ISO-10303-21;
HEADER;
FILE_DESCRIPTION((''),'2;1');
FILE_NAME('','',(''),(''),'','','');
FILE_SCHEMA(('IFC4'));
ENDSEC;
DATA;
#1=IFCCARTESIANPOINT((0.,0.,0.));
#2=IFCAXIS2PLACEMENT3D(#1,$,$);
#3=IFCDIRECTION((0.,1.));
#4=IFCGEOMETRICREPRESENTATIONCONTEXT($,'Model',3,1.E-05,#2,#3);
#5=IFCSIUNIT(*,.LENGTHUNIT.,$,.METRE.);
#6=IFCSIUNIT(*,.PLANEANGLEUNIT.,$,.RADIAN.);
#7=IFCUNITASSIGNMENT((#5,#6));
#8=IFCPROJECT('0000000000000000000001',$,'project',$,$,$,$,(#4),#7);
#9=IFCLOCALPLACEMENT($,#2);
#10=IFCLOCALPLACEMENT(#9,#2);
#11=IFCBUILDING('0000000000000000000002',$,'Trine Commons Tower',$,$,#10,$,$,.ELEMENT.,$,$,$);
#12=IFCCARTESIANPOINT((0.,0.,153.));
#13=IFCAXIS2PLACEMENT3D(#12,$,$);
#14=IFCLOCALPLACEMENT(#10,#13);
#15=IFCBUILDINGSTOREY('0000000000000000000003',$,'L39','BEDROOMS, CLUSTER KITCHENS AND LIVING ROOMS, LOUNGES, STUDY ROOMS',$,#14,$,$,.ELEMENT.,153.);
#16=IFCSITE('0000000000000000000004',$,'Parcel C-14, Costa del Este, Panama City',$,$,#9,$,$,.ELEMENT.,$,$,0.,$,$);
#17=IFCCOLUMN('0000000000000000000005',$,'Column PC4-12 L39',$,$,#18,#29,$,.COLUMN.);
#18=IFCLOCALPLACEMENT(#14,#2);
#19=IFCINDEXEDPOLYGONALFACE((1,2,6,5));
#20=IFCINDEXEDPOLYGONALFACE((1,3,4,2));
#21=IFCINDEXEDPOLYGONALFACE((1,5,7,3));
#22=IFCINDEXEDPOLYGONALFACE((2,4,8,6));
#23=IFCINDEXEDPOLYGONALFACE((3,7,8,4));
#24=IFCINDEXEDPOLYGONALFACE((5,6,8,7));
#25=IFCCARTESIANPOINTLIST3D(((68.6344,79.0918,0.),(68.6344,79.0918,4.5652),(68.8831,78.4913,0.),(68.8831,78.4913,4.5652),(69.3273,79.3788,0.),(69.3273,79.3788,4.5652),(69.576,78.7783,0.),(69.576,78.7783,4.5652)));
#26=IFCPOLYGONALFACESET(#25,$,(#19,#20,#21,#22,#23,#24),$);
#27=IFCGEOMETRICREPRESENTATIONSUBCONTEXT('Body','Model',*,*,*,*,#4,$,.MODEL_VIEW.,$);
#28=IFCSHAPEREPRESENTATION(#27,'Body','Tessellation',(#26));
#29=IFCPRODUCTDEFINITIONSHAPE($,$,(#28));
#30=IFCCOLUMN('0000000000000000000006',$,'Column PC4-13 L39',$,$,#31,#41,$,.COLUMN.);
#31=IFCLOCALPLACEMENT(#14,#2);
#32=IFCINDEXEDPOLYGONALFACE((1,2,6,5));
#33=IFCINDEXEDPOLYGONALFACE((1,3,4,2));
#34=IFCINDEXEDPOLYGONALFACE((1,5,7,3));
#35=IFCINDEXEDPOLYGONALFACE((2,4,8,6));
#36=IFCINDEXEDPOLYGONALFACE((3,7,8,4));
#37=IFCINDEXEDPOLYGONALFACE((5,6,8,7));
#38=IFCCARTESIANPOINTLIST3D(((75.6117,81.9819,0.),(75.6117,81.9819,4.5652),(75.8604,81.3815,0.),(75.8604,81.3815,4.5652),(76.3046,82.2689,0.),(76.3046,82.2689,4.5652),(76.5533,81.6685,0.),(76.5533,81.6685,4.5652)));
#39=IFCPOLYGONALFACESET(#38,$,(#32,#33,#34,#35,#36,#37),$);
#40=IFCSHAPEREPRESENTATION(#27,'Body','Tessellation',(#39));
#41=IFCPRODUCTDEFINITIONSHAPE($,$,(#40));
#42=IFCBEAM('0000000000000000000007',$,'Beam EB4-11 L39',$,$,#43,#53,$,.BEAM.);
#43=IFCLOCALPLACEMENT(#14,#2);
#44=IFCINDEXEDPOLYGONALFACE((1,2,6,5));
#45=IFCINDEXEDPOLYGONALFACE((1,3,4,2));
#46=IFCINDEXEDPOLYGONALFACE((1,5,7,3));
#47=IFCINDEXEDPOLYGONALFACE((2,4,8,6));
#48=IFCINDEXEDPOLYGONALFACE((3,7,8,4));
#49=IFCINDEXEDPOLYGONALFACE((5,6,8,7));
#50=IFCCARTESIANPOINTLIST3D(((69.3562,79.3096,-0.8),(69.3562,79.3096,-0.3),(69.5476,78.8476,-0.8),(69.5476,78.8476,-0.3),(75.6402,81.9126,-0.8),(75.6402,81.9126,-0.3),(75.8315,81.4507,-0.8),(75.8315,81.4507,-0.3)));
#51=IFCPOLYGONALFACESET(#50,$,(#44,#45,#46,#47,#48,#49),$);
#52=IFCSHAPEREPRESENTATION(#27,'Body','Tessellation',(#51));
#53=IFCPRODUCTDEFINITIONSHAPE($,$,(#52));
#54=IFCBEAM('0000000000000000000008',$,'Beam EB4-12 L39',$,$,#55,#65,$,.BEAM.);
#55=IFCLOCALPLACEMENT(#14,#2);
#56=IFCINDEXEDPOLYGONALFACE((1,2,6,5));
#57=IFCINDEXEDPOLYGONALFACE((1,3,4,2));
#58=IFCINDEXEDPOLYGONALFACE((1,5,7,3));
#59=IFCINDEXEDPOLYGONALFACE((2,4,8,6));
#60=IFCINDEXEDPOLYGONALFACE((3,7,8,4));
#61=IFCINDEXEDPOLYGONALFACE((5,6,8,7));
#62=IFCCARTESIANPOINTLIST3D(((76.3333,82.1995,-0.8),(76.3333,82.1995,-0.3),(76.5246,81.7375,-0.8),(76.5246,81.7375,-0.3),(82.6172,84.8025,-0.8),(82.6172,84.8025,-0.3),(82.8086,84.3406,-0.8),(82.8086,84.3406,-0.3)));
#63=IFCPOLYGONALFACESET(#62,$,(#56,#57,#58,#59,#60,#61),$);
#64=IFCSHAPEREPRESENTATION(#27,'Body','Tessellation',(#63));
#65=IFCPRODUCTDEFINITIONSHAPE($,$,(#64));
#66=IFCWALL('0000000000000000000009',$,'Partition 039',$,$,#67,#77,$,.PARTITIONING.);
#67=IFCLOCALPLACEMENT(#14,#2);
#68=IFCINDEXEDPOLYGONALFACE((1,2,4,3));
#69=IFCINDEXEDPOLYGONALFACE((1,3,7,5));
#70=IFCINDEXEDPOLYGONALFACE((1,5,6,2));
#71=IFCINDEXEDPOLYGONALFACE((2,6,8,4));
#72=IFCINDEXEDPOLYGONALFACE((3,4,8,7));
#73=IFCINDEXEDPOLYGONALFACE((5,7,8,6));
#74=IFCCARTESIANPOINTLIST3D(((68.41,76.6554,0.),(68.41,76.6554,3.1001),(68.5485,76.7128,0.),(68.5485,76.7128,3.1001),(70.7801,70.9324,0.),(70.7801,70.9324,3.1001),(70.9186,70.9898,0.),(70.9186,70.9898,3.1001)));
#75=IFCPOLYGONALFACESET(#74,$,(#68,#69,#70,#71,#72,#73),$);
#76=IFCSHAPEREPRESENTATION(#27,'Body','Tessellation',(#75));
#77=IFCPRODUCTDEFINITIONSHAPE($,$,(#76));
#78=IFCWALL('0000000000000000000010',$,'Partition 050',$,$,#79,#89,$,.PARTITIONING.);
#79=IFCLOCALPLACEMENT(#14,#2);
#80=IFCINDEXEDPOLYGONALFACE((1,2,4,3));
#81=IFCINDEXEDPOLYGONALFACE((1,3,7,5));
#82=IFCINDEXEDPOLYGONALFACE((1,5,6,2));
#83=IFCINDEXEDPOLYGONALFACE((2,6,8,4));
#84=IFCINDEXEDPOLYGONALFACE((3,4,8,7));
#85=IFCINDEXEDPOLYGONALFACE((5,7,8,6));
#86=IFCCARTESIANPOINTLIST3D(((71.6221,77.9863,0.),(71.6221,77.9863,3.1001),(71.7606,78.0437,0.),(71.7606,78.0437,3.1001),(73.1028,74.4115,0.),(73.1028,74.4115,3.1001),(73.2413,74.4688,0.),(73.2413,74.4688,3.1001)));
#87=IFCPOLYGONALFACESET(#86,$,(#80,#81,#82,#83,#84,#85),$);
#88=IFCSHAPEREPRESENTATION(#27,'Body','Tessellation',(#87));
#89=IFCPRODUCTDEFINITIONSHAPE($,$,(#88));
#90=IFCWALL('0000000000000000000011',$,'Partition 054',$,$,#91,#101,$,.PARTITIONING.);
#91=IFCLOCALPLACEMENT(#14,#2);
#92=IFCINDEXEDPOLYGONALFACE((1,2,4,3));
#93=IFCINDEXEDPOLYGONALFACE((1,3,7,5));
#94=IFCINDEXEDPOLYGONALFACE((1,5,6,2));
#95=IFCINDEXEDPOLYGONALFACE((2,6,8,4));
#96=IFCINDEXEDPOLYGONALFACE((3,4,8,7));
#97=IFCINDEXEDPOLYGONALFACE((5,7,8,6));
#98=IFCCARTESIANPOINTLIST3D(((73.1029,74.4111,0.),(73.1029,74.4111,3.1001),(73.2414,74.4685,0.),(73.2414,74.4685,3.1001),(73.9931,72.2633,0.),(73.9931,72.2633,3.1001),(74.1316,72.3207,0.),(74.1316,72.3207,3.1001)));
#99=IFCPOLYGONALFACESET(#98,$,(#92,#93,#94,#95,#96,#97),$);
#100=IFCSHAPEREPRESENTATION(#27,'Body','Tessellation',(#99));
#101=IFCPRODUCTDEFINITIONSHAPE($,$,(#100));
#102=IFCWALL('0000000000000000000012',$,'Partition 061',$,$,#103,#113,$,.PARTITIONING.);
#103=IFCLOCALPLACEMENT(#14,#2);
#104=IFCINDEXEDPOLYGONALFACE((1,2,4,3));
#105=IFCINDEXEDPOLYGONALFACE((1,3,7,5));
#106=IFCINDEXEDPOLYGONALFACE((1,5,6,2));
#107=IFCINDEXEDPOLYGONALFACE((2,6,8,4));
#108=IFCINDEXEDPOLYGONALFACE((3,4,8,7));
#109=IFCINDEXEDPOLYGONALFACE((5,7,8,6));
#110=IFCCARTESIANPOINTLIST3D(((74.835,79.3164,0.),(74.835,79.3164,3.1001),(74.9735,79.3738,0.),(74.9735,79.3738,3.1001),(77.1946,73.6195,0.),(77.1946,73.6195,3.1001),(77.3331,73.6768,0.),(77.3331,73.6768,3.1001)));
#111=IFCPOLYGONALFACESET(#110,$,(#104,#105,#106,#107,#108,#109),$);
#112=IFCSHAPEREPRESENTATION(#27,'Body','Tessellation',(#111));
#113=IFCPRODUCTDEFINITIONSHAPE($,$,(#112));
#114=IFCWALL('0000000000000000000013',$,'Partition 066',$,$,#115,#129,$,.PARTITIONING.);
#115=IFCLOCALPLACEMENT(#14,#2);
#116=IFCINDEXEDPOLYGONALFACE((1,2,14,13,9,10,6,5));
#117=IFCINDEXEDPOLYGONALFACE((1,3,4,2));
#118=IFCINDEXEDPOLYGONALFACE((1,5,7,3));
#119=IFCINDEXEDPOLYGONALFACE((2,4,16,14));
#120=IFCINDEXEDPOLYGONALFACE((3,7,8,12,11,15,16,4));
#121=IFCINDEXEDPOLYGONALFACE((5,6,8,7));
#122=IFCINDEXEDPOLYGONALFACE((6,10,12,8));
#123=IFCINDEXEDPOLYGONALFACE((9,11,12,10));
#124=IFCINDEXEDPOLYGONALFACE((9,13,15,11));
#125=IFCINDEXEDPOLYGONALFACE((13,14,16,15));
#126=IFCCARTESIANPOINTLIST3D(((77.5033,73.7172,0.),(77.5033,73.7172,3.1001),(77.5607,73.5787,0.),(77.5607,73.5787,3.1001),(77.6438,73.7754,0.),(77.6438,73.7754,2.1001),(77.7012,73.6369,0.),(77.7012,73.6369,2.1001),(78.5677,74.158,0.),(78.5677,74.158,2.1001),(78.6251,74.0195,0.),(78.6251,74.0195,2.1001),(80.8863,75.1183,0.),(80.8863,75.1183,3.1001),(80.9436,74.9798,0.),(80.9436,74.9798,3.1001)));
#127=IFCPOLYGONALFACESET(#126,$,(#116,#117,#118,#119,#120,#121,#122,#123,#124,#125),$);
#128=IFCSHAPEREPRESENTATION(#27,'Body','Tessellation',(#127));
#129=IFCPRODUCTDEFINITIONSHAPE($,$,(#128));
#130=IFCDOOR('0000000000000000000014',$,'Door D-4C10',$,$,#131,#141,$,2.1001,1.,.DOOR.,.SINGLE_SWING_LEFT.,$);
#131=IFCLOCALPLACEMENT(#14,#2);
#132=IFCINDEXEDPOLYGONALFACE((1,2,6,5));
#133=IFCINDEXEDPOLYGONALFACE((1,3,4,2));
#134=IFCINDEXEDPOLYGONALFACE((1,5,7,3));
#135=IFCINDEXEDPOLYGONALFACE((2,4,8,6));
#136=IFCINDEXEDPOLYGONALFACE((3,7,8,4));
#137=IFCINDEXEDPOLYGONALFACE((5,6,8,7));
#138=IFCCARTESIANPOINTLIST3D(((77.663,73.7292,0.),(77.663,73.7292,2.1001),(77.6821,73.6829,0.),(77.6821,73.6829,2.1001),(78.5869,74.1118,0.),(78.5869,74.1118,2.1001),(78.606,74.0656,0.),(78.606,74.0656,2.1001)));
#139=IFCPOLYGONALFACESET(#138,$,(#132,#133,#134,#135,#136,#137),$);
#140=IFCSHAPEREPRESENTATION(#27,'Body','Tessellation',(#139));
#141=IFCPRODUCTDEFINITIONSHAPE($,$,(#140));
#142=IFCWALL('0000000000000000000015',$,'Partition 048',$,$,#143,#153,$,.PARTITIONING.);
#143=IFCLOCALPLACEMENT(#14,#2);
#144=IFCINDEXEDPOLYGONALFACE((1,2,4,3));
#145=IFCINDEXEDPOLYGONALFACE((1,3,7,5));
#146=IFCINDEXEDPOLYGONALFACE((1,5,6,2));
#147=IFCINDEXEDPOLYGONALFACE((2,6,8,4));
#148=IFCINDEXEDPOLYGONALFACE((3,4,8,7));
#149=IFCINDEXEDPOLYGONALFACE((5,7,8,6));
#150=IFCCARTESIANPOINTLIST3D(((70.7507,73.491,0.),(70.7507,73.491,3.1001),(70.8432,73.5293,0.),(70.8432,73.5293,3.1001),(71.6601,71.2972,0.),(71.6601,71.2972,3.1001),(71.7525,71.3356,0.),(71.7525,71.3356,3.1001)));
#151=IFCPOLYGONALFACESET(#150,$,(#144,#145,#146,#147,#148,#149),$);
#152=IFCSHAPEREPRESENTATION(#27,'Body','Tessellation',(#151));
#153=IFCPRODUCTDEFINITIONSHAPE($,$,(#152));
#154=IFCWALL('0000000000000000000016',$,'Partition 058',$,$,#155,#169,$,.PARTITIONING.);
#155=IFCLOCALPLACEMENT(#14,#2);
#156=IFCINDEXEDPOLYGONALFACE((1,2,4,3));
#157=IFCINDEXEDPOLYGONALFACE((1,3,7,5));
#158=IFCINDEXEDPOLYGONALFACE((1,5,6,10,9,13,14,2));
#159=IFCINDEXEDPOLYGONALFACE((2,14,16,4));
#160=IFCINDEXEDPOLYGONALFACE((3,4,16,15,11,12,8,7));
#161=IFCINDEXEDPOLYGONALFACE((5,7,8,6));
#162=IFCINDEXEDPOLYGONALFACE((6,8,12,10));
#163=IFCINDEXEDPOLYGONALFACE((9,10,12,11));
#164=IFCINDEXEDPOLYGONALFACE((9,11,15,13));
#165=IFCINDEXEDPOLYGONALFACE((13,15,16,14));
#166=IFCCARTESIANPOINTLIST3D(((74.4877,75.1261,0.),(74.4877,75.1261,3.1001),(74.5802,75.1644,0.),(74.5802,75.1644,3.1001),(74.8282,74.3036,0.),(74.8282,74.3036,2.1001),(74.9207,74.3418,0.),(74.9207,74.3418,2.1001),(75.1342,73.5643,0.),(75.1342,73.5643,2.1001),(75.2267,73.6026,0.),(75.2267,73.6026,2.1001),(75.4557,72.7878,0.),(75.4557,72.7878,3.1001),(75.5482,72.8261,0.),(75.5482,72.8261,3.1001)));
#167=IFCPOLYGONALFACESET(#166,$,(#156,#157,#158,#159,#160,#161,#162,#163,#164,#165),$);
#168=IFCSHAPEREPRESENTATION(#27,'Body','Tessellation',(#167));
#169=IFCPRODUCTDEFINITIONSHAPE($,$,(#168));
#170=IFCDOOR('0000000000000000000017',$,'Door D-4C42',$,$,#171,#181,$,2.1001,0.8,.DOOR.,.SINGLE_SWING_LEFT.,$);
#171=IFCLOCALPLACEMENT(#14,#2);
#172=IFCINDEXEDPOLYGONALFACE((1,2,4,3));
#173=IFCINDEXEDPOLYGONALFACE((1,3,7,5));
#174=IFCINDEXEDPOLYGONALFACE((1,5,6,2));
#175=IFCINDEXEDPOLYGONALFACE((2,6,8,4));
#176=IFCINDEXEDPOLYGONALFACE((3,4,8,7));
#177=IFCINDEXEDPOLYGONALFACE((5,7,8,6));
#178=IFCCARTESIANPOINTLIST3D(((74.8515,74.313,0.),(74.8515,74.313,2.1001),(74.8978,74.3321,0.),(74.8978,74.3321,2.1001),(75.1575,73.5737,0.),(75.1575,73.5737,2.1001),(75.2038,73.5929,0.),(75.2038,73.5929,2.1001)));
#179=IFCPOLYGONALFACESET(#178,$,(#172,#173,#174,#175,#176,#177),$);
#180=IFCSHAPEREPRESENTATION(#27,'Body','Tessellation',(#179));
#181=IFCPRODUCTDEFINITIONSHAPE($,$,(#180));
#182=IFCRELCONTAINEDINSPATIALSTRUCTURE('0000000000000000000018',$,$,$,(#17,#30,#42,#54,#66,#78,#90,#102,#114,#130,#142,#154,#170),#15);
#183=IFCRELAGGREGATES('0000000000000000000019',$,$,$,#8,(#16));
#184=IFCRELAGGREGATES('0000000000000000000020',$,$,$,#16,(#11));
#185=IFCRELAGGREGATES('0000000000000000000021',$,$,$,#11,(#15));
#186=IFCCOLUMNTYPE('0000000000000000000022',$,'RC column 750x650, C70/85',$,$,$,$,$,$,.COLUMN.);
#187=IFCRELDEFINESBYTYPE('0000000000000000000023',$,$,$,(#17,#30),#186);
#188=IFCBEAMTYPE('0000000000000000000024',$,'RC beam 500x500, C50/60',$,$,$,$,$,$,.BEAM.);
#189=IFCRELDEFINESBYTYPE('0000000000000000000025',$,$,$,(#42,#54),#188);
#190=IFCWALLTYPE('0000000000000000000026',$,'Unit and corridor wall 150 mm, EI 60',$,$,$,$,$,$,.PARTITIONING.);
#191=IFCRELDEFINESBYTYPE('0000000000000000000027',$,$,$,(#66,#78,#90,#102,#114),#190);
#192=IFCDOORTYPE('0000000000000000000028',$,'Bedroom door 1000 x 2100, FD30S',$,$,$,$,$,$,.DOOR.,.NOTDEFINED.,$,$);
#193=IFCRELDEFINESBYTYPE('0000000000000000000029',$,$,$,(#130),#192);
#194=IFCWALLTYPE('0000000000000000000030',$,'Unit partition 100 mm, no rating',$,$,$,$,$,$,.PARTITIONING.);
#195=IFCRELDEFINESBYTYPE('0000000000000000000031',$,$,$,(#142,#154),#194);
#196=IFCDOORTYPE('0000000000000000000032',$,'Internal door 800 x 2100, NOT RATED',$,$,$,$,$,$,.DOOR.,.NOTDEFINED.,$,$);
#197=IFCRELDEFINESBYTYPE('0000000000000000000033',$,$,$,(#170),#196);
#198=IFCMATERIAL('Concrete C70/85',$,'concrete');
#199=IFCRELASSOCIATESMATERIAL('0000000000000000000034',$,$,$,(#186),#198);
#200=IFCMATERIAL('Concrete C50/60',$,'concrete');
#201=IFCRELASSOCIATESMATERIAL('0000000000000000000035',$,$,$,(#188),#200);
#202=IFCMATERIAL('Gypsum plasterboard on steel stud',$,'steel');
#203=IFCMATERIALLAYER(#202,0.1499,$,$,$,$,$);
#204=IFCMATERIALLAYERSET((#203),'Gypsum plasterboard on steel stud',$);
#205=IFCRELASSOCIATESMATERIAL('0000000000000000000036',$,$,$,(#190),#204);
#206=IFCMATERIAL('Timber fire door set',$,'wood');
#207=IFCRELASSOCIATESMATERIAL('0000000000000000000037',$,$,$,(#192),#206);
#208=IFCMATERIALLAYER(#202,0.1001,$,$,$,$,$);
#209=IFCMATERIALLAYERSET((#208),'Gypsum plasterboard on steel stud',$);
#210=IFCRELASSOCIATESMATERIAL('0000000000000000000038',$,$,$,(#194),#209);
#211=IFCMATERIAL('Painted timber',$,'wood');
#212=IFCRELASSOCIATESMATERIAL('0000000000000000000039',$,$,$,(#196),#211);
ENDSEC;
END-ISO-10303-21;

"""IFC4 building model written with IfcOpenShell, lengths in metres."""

from ifc_helpers import new_model, si_unit, direction, frame, frame_2d, origin, origin_2d, place, context, subcontext, project, spatial, rectangle, extrude, material, layer, layer_set, material_profile, profile_set, type_object, element, fill, save


model = new_model("IFC4")

# Units and contexts
model_context = context("Model", 3, precision=1e-05, world=origin(), true_north=direction((0.0, 1.0)))
body_context = subcontext(model_context, "Body", "Model", "MODEL_VIEW")
ifc_project = project(units=[si_unit("LENGTHUNIT", "METRE"), si_unit("PLANEANGLEUNIT", "RADIAN")], contexts=[model_context])

# Site, building, storey
site_placement = place(None, origin())
site = spatial("IfcSite", under=ifc_project, at=site_placement, Name="Parcel C-14, Costa del Este, Panama City", CompositionType="ELEMENT", RefElevation=0.0)
building_placement = place(site_placement, origin())
building = spatial("IfcBuilding", under=site, at=building_placement, Name="Trine Commons Tower", CompositionType="ELEMENT")
storey_placement = place(building_placement, frame((0.0, 0.0, 153.0)))
storey = spatial("IfcBuildingStorey", under=building, at=storey_placement, Name="L39", Description="BEDROOMS, CLUSTER KITCHENS AND LIVING ROOMS, LOUNGES, STUDY ROOMS", CompositionType="ELEMENT", Elevation=153.0)

# Columns
ifc_material_1 = material(Name="Concrete C70/85", Category="concrete")
ifc_material_profile_1 = material_profile(ifc_material_1, rectangle(XDim=0.75, YDim=0.6499, at=origin_2d()), Name="RC 750x650")
ifc_profile_set_1 = profile_set([ifc_material_profile_1], Name="Concrete C70/85")
column_type = type_object("IfcColumnType", Name="RC column 750x650, C70/85", PredefinedType="COLUMN", material=ifc_profile_set_1)
for number, where, z_axis, x_axis, name in (
    (1, (69.1052, 78.9351, 0.0), (0.0, 0.0, 1.0), (0.92388, 0.382683, 0.0), "Column PC4-12 L39"),
    (2, (76.0825, 81.8252, 0.0), (0.0, 0.0, 1.0), (0.92388, 0.382683, 0.0), "Column PC4-13 L39"),
):
    element("IfcColumn", number, at=place(storey_placement, frame(where, z_axis=z_axis, x_axis=x_axis)), inside=storey, type_object=column_type, Name=name, PredefinedType="COLUMN", context=body_context, shape_type="SweptSolid", body=[
        extrude(rectangle(XDim=0.75, YDim=0.6499, at=origin_2d()), origin(), (0.0, 0.0, 1.0), 4.5652),
    ])

# Beams
ifc_material_2 = material(Name="Concrete C50/60", Category="concrete")
ifc_material_profile_2 = material_profile(ifc_material_2, rectangle(XDim=0.5, YDim=0.5, at=origin_2d()), Name="RC 500x500")
ifc_profile_set_2 = profile_set([ifc_material_profile_2], Name="Concrete C50/60")
beam_type = type_object("IfcBeamType", Name="RC beam 500x500, C50/60", PredefinedType="BEAM", material=ifc_profile_set_2)
for number, where, z_axis, x_axis, name in (
    (3, (69.4519, 79.0786, -0.55), (0.923872, 0.382701, 0.0), (-0.382701, 0.923872, 0.0), "Beam EB4-11 L39"),
    (4, (76.429, 81.9685, -0.55), (0.923872, 0.382701, 0.0), (-0.382701, 0.923872, 0.0), "Beam EB4-12 L39"),
):
    element("IfcBeam", number, at=place(storey_placement, frame(where, z_axis=z_axis, x_axis=x_axis)), inside=storey, type_object=beam_type, Name=name, PredefinedType="BEAM", context=body_context, shape_type="SweptSolid", body=[
        extrude(rectangle(XDim=0.5, YDim=0.5, at=origin_2d()), origin(), (0.0, 0.0, 1.0), 6.8018),
    ])

# Walls
ifc_material_3 = material(Name="Gypsum plasterboard on steel stud", Category="steel")
ifc_layer_1 = layer(ifc_material_3, 0.1499)
ifc_layer_set_1 = layer_set([ifc_layer_1], Name="Gypsum plasterboard on steel stud")
wall_type_1 = type_object("IfcWallType", Name="Unit and corridor wall 150 mm, EI 60", PredefinedType="PARTITIONING", material=ifc_layer_set_1)
wall_1_placement = place(storey_placement, frame((68.4792, 76.6841, 0.0), z_axis=(0.0, 0.0, 1.0), x_axis=(0.38263, -0.923902, 0.0)))
element("IfcWall", 5, at=wall_1_placement, inside=storey, type_object=wall_type_1, Name="Partition 039", PredefinedType="PARTITIONING", context=body_context, shape_type="SweptSolid", body=[
    extrude(rectangle(XDim=6.1943, YDim=0.1499, at=frame_2d((3.0972, 0.0))), origin(), (0.0, 0.0, 1.0), 3.1001),
])
wall_2_placement = place(storey_placement, frame((71.6914, 78.0149, 0.0), z_axis=(0.0, 0.0, 1.0), x_axis=(0.382666, -0.923887, 0.0)))
element("IfcWall", 6, at=wall_2_placement, inside=storey, type_object=wall_type_1, Name="Partition 050", PredefinedType="PARTITIONING", context=body_context, shape_type="SweptSolid", body=[
    extrude(rectangle(XDim=3.8694, YDim=0.1499, at=frame_2d((1.9346, 0.0))), origin(), (0.0, 0.0, 1.0), 3.1001),
])
wall_3_placement = place(storey_placement, frame((73.1721, 74.4399, 0.0), z_axis=(0.0, 0.0, 1.0), x_axis=(0.382877, -0.923799, 0.0)))
element("IfcWall", 7, at=wall_3_placement, inside=storey, type_object=wall_type_1, Name="Partition 054", PredefinedType="PARTITIONING", context=body_context, shape_type="SweptSolid", body=[
    extrude(rectangle(XDim=2.325, YDim=0.1499, at=frame_2d((1.1626, 0.0))), origin(), (0.0, 0.0, 1.0), 3.1001),
])
wall_4_placement = place(storey_placement, frame((74.9043, 79.345, 0.0), z_axis=(0.0, 0.0, 1.0), x_axis=(0.382661, -0.923889, 0.0)))
element("IfcWall", 8, at=wall_4_placement, inside=storey, type_object=wall_type_1, Name="Partition 061", PredefinedType="PARTITIONING", context=body_context, shape_type="SweptSolid", body=[
    extrude(rectangle(XDim=6.1663, YDim=0.1499, at=frame_2d((3.083, 0.0))), origin(), (0.0, 0.0, 1.0), 3.1001),
])

# Wall, opening, door
wall_5_placement = place(storey_placement, frame((77.532, 73.6479, 0.0), z_axis=(0.0, 0.0, 1.0), x_axis=(0.923897, 0.38264, 0.0)))
wall_5 = element("IfcWall", 9, at=wall_5_placement, inside=storey, type_object=wall_type_1, Name="Partition 066", PredefinedType="PARTITIONING", context=body_context, shape_type="SweptSolid", body=[
    extrude(rectangle(XDim=3.6616, YDim=0.1499, at=frame_2d((1.8308, 0.0))), origin(), (0.0, 0.0, 1.0), 3.1001),
])
opening_1_placement = place(wall_5_placement, frame((0.1521, 0.0, 0.0)))
opening_1 = element("IfcOpeningElement", 10, at=opening_1_placement, cuts=wall_5, PredefinedType="OPENING", context=body_context, shape_type="SweptSolid", body=[
    extrude(rectangle(XDim=1.0, YDim=2.1001, at=frame_2d((0.5, 1.05))), frame((0.0, 0.085, 0.0), z_axis=(0.0, -1.0, 0.0), x_axis=(1.0, 0.0, 0.0)), (0.0, 0.0, 1.0), 0.1699),
])
ifc_material_4 = material(Name="Timber fire door set", Category="wood")
door_type_1 = type_object("IfcDoorType", Name="Bedroom door 1000 x 2100, FD30S", OperationType="NOTDEFINED", PredefinedType="DOOR", material=ifc_material_4)
door_1_placement = place(opening_1_placement, origin())
door_1 = element("IfcDoor", 11, at=door_1_placement, inside=storey, type_object=door_type_1, Name="Door D-4C10", OperationType="SINGLE_SWING_LEFT", OverallHeight=2.1001, OverallWidth=1.0, PredefinedType="DOOR", context=body_context, shape_type="SweptSolid", body=[
    extrude(rectangle(XDim=1.0, YDim=2.1001, at=frame_2d((0.5, 1.05))), frame((0.0, 0.0249, 0.0), z_axis=(0.0, -1.0, 0.0), x_axis=(1.0, 0.0, 0.0)), (0.0, 0.0, 1.0), 0.05),
])
fill(opening_1, door_1)

# Wall
ifc_layer_2 = layer(ifc_material_3, 0.1001)
ifc_layer_set_2 = layer_set([ifc_layer_2], Name="Gypsum plasterboard on steel stud")
wall_type_2 = type_object("IfcWallType", Name="Unit partition 100 mm, no rating", PredefinedType="PARTITIONING", material=ifc_layer_set_2)
wall_6_placement = place(storey_placement, frame((70.7969, 73.5103, 0.0), z_axis=(0.0, 0.0, 1.0), x_axis=(0.382936, -0.923775, 0.0)))
element("IfcWall", 12, at=wall_6_placement, inside=storey, type_object=wall_type_2, Name="Partition 048", PredefinedType="PARTITIONING", context=body_context, shape_type="SweptSolid", body=[
    extrude(rectangle(XDim=2.3748, YDim=0.1001, at=frame_2d((1.1875, 0.0))), origin(), (0.0, 0.0, 1.0), 3.1001),
])

# Wall, opening, door
wall_7_placement = place(storey_placement, frame((74.5339, 75.1453, 0.0), z_axis=(0.0, 0.0, 1.0), x_axis=(0.382491, -0.923959, 0.0)))
wall_7 = element("IfcWall", 13, at=wall_7_placement, inside=storey, type_object=wall_type_2, Name="Partition 058", PredefinedType="PARTITIONING", context=body_context, shape_type="SweptSolid", body=[
    extrude(rectangle(XDim=2.5308, YDim=0.1001, at=frame_2d((1.2654, 0.0))), origin(), (0.0, 0.0, 1.0), 3.1001),
])
opening_2_placement = place(wall_7_placement, frame((0.8904, 0.0, 0.0)))
opening_2 = element("IfcOpeningElement", 14, at=opening_2_placement, cuts=wall_7, PredefinedType="OPENING", context=body_context, shape_type="SweptSolid", body=[
    extrude(rectangle(XDim=0.8, YDim=2.1001, at=frame_2d((0.3999, 1.05))), frame((0.0, 0.0601, 0.0), z_axis=(0.0, -1.0, 0.0), x_axis=(1.0, 0.0, 0.0)), (0.0, 0.0, 1.0), 0.1201),
])
ifc_material_5 = material(Name="Painted timber", Category="wood")
door_type_2 = type_object("IfcDoorType", Name="Internal door 800 x 2100, NOT RATED", OperationType="NOTDEFINED", PredefinedType="DOOR", material=ifc_material_5)
door_2_placement = place(opening_2_placement, frame((0.8, 0.0, 0.0), z_axis=(0.0, 0.0, 1.0), x_axis=(-1.0, 0.0, 0.0)))
door_2 = element("IfcDoor", 15, at=door_2_placement, inside=storey, type_object=door_type_2, Name="Door D-4C42", OperationType="SINGLE_SWING_LEFT", OverallHeight=2.1001, OverallWidth=0.8, PredefinedType="DOOR", context=body_context, shape_type="SweptSolid", body=[
    extrude(rectangle(XDim=0.8, YDim=2.1001, at=frame_2d((0.3999, 1.05))), frame((0.0, 0.0249, 0.0), z_axis=(0.0, -1.0, 0.0), x_axis=(1.0, 0.0, 0.0)), (0.0, 0.0, 1.0), 0.05),
])
fill(opening_2, door_2)

save(model, "model.ifc")
